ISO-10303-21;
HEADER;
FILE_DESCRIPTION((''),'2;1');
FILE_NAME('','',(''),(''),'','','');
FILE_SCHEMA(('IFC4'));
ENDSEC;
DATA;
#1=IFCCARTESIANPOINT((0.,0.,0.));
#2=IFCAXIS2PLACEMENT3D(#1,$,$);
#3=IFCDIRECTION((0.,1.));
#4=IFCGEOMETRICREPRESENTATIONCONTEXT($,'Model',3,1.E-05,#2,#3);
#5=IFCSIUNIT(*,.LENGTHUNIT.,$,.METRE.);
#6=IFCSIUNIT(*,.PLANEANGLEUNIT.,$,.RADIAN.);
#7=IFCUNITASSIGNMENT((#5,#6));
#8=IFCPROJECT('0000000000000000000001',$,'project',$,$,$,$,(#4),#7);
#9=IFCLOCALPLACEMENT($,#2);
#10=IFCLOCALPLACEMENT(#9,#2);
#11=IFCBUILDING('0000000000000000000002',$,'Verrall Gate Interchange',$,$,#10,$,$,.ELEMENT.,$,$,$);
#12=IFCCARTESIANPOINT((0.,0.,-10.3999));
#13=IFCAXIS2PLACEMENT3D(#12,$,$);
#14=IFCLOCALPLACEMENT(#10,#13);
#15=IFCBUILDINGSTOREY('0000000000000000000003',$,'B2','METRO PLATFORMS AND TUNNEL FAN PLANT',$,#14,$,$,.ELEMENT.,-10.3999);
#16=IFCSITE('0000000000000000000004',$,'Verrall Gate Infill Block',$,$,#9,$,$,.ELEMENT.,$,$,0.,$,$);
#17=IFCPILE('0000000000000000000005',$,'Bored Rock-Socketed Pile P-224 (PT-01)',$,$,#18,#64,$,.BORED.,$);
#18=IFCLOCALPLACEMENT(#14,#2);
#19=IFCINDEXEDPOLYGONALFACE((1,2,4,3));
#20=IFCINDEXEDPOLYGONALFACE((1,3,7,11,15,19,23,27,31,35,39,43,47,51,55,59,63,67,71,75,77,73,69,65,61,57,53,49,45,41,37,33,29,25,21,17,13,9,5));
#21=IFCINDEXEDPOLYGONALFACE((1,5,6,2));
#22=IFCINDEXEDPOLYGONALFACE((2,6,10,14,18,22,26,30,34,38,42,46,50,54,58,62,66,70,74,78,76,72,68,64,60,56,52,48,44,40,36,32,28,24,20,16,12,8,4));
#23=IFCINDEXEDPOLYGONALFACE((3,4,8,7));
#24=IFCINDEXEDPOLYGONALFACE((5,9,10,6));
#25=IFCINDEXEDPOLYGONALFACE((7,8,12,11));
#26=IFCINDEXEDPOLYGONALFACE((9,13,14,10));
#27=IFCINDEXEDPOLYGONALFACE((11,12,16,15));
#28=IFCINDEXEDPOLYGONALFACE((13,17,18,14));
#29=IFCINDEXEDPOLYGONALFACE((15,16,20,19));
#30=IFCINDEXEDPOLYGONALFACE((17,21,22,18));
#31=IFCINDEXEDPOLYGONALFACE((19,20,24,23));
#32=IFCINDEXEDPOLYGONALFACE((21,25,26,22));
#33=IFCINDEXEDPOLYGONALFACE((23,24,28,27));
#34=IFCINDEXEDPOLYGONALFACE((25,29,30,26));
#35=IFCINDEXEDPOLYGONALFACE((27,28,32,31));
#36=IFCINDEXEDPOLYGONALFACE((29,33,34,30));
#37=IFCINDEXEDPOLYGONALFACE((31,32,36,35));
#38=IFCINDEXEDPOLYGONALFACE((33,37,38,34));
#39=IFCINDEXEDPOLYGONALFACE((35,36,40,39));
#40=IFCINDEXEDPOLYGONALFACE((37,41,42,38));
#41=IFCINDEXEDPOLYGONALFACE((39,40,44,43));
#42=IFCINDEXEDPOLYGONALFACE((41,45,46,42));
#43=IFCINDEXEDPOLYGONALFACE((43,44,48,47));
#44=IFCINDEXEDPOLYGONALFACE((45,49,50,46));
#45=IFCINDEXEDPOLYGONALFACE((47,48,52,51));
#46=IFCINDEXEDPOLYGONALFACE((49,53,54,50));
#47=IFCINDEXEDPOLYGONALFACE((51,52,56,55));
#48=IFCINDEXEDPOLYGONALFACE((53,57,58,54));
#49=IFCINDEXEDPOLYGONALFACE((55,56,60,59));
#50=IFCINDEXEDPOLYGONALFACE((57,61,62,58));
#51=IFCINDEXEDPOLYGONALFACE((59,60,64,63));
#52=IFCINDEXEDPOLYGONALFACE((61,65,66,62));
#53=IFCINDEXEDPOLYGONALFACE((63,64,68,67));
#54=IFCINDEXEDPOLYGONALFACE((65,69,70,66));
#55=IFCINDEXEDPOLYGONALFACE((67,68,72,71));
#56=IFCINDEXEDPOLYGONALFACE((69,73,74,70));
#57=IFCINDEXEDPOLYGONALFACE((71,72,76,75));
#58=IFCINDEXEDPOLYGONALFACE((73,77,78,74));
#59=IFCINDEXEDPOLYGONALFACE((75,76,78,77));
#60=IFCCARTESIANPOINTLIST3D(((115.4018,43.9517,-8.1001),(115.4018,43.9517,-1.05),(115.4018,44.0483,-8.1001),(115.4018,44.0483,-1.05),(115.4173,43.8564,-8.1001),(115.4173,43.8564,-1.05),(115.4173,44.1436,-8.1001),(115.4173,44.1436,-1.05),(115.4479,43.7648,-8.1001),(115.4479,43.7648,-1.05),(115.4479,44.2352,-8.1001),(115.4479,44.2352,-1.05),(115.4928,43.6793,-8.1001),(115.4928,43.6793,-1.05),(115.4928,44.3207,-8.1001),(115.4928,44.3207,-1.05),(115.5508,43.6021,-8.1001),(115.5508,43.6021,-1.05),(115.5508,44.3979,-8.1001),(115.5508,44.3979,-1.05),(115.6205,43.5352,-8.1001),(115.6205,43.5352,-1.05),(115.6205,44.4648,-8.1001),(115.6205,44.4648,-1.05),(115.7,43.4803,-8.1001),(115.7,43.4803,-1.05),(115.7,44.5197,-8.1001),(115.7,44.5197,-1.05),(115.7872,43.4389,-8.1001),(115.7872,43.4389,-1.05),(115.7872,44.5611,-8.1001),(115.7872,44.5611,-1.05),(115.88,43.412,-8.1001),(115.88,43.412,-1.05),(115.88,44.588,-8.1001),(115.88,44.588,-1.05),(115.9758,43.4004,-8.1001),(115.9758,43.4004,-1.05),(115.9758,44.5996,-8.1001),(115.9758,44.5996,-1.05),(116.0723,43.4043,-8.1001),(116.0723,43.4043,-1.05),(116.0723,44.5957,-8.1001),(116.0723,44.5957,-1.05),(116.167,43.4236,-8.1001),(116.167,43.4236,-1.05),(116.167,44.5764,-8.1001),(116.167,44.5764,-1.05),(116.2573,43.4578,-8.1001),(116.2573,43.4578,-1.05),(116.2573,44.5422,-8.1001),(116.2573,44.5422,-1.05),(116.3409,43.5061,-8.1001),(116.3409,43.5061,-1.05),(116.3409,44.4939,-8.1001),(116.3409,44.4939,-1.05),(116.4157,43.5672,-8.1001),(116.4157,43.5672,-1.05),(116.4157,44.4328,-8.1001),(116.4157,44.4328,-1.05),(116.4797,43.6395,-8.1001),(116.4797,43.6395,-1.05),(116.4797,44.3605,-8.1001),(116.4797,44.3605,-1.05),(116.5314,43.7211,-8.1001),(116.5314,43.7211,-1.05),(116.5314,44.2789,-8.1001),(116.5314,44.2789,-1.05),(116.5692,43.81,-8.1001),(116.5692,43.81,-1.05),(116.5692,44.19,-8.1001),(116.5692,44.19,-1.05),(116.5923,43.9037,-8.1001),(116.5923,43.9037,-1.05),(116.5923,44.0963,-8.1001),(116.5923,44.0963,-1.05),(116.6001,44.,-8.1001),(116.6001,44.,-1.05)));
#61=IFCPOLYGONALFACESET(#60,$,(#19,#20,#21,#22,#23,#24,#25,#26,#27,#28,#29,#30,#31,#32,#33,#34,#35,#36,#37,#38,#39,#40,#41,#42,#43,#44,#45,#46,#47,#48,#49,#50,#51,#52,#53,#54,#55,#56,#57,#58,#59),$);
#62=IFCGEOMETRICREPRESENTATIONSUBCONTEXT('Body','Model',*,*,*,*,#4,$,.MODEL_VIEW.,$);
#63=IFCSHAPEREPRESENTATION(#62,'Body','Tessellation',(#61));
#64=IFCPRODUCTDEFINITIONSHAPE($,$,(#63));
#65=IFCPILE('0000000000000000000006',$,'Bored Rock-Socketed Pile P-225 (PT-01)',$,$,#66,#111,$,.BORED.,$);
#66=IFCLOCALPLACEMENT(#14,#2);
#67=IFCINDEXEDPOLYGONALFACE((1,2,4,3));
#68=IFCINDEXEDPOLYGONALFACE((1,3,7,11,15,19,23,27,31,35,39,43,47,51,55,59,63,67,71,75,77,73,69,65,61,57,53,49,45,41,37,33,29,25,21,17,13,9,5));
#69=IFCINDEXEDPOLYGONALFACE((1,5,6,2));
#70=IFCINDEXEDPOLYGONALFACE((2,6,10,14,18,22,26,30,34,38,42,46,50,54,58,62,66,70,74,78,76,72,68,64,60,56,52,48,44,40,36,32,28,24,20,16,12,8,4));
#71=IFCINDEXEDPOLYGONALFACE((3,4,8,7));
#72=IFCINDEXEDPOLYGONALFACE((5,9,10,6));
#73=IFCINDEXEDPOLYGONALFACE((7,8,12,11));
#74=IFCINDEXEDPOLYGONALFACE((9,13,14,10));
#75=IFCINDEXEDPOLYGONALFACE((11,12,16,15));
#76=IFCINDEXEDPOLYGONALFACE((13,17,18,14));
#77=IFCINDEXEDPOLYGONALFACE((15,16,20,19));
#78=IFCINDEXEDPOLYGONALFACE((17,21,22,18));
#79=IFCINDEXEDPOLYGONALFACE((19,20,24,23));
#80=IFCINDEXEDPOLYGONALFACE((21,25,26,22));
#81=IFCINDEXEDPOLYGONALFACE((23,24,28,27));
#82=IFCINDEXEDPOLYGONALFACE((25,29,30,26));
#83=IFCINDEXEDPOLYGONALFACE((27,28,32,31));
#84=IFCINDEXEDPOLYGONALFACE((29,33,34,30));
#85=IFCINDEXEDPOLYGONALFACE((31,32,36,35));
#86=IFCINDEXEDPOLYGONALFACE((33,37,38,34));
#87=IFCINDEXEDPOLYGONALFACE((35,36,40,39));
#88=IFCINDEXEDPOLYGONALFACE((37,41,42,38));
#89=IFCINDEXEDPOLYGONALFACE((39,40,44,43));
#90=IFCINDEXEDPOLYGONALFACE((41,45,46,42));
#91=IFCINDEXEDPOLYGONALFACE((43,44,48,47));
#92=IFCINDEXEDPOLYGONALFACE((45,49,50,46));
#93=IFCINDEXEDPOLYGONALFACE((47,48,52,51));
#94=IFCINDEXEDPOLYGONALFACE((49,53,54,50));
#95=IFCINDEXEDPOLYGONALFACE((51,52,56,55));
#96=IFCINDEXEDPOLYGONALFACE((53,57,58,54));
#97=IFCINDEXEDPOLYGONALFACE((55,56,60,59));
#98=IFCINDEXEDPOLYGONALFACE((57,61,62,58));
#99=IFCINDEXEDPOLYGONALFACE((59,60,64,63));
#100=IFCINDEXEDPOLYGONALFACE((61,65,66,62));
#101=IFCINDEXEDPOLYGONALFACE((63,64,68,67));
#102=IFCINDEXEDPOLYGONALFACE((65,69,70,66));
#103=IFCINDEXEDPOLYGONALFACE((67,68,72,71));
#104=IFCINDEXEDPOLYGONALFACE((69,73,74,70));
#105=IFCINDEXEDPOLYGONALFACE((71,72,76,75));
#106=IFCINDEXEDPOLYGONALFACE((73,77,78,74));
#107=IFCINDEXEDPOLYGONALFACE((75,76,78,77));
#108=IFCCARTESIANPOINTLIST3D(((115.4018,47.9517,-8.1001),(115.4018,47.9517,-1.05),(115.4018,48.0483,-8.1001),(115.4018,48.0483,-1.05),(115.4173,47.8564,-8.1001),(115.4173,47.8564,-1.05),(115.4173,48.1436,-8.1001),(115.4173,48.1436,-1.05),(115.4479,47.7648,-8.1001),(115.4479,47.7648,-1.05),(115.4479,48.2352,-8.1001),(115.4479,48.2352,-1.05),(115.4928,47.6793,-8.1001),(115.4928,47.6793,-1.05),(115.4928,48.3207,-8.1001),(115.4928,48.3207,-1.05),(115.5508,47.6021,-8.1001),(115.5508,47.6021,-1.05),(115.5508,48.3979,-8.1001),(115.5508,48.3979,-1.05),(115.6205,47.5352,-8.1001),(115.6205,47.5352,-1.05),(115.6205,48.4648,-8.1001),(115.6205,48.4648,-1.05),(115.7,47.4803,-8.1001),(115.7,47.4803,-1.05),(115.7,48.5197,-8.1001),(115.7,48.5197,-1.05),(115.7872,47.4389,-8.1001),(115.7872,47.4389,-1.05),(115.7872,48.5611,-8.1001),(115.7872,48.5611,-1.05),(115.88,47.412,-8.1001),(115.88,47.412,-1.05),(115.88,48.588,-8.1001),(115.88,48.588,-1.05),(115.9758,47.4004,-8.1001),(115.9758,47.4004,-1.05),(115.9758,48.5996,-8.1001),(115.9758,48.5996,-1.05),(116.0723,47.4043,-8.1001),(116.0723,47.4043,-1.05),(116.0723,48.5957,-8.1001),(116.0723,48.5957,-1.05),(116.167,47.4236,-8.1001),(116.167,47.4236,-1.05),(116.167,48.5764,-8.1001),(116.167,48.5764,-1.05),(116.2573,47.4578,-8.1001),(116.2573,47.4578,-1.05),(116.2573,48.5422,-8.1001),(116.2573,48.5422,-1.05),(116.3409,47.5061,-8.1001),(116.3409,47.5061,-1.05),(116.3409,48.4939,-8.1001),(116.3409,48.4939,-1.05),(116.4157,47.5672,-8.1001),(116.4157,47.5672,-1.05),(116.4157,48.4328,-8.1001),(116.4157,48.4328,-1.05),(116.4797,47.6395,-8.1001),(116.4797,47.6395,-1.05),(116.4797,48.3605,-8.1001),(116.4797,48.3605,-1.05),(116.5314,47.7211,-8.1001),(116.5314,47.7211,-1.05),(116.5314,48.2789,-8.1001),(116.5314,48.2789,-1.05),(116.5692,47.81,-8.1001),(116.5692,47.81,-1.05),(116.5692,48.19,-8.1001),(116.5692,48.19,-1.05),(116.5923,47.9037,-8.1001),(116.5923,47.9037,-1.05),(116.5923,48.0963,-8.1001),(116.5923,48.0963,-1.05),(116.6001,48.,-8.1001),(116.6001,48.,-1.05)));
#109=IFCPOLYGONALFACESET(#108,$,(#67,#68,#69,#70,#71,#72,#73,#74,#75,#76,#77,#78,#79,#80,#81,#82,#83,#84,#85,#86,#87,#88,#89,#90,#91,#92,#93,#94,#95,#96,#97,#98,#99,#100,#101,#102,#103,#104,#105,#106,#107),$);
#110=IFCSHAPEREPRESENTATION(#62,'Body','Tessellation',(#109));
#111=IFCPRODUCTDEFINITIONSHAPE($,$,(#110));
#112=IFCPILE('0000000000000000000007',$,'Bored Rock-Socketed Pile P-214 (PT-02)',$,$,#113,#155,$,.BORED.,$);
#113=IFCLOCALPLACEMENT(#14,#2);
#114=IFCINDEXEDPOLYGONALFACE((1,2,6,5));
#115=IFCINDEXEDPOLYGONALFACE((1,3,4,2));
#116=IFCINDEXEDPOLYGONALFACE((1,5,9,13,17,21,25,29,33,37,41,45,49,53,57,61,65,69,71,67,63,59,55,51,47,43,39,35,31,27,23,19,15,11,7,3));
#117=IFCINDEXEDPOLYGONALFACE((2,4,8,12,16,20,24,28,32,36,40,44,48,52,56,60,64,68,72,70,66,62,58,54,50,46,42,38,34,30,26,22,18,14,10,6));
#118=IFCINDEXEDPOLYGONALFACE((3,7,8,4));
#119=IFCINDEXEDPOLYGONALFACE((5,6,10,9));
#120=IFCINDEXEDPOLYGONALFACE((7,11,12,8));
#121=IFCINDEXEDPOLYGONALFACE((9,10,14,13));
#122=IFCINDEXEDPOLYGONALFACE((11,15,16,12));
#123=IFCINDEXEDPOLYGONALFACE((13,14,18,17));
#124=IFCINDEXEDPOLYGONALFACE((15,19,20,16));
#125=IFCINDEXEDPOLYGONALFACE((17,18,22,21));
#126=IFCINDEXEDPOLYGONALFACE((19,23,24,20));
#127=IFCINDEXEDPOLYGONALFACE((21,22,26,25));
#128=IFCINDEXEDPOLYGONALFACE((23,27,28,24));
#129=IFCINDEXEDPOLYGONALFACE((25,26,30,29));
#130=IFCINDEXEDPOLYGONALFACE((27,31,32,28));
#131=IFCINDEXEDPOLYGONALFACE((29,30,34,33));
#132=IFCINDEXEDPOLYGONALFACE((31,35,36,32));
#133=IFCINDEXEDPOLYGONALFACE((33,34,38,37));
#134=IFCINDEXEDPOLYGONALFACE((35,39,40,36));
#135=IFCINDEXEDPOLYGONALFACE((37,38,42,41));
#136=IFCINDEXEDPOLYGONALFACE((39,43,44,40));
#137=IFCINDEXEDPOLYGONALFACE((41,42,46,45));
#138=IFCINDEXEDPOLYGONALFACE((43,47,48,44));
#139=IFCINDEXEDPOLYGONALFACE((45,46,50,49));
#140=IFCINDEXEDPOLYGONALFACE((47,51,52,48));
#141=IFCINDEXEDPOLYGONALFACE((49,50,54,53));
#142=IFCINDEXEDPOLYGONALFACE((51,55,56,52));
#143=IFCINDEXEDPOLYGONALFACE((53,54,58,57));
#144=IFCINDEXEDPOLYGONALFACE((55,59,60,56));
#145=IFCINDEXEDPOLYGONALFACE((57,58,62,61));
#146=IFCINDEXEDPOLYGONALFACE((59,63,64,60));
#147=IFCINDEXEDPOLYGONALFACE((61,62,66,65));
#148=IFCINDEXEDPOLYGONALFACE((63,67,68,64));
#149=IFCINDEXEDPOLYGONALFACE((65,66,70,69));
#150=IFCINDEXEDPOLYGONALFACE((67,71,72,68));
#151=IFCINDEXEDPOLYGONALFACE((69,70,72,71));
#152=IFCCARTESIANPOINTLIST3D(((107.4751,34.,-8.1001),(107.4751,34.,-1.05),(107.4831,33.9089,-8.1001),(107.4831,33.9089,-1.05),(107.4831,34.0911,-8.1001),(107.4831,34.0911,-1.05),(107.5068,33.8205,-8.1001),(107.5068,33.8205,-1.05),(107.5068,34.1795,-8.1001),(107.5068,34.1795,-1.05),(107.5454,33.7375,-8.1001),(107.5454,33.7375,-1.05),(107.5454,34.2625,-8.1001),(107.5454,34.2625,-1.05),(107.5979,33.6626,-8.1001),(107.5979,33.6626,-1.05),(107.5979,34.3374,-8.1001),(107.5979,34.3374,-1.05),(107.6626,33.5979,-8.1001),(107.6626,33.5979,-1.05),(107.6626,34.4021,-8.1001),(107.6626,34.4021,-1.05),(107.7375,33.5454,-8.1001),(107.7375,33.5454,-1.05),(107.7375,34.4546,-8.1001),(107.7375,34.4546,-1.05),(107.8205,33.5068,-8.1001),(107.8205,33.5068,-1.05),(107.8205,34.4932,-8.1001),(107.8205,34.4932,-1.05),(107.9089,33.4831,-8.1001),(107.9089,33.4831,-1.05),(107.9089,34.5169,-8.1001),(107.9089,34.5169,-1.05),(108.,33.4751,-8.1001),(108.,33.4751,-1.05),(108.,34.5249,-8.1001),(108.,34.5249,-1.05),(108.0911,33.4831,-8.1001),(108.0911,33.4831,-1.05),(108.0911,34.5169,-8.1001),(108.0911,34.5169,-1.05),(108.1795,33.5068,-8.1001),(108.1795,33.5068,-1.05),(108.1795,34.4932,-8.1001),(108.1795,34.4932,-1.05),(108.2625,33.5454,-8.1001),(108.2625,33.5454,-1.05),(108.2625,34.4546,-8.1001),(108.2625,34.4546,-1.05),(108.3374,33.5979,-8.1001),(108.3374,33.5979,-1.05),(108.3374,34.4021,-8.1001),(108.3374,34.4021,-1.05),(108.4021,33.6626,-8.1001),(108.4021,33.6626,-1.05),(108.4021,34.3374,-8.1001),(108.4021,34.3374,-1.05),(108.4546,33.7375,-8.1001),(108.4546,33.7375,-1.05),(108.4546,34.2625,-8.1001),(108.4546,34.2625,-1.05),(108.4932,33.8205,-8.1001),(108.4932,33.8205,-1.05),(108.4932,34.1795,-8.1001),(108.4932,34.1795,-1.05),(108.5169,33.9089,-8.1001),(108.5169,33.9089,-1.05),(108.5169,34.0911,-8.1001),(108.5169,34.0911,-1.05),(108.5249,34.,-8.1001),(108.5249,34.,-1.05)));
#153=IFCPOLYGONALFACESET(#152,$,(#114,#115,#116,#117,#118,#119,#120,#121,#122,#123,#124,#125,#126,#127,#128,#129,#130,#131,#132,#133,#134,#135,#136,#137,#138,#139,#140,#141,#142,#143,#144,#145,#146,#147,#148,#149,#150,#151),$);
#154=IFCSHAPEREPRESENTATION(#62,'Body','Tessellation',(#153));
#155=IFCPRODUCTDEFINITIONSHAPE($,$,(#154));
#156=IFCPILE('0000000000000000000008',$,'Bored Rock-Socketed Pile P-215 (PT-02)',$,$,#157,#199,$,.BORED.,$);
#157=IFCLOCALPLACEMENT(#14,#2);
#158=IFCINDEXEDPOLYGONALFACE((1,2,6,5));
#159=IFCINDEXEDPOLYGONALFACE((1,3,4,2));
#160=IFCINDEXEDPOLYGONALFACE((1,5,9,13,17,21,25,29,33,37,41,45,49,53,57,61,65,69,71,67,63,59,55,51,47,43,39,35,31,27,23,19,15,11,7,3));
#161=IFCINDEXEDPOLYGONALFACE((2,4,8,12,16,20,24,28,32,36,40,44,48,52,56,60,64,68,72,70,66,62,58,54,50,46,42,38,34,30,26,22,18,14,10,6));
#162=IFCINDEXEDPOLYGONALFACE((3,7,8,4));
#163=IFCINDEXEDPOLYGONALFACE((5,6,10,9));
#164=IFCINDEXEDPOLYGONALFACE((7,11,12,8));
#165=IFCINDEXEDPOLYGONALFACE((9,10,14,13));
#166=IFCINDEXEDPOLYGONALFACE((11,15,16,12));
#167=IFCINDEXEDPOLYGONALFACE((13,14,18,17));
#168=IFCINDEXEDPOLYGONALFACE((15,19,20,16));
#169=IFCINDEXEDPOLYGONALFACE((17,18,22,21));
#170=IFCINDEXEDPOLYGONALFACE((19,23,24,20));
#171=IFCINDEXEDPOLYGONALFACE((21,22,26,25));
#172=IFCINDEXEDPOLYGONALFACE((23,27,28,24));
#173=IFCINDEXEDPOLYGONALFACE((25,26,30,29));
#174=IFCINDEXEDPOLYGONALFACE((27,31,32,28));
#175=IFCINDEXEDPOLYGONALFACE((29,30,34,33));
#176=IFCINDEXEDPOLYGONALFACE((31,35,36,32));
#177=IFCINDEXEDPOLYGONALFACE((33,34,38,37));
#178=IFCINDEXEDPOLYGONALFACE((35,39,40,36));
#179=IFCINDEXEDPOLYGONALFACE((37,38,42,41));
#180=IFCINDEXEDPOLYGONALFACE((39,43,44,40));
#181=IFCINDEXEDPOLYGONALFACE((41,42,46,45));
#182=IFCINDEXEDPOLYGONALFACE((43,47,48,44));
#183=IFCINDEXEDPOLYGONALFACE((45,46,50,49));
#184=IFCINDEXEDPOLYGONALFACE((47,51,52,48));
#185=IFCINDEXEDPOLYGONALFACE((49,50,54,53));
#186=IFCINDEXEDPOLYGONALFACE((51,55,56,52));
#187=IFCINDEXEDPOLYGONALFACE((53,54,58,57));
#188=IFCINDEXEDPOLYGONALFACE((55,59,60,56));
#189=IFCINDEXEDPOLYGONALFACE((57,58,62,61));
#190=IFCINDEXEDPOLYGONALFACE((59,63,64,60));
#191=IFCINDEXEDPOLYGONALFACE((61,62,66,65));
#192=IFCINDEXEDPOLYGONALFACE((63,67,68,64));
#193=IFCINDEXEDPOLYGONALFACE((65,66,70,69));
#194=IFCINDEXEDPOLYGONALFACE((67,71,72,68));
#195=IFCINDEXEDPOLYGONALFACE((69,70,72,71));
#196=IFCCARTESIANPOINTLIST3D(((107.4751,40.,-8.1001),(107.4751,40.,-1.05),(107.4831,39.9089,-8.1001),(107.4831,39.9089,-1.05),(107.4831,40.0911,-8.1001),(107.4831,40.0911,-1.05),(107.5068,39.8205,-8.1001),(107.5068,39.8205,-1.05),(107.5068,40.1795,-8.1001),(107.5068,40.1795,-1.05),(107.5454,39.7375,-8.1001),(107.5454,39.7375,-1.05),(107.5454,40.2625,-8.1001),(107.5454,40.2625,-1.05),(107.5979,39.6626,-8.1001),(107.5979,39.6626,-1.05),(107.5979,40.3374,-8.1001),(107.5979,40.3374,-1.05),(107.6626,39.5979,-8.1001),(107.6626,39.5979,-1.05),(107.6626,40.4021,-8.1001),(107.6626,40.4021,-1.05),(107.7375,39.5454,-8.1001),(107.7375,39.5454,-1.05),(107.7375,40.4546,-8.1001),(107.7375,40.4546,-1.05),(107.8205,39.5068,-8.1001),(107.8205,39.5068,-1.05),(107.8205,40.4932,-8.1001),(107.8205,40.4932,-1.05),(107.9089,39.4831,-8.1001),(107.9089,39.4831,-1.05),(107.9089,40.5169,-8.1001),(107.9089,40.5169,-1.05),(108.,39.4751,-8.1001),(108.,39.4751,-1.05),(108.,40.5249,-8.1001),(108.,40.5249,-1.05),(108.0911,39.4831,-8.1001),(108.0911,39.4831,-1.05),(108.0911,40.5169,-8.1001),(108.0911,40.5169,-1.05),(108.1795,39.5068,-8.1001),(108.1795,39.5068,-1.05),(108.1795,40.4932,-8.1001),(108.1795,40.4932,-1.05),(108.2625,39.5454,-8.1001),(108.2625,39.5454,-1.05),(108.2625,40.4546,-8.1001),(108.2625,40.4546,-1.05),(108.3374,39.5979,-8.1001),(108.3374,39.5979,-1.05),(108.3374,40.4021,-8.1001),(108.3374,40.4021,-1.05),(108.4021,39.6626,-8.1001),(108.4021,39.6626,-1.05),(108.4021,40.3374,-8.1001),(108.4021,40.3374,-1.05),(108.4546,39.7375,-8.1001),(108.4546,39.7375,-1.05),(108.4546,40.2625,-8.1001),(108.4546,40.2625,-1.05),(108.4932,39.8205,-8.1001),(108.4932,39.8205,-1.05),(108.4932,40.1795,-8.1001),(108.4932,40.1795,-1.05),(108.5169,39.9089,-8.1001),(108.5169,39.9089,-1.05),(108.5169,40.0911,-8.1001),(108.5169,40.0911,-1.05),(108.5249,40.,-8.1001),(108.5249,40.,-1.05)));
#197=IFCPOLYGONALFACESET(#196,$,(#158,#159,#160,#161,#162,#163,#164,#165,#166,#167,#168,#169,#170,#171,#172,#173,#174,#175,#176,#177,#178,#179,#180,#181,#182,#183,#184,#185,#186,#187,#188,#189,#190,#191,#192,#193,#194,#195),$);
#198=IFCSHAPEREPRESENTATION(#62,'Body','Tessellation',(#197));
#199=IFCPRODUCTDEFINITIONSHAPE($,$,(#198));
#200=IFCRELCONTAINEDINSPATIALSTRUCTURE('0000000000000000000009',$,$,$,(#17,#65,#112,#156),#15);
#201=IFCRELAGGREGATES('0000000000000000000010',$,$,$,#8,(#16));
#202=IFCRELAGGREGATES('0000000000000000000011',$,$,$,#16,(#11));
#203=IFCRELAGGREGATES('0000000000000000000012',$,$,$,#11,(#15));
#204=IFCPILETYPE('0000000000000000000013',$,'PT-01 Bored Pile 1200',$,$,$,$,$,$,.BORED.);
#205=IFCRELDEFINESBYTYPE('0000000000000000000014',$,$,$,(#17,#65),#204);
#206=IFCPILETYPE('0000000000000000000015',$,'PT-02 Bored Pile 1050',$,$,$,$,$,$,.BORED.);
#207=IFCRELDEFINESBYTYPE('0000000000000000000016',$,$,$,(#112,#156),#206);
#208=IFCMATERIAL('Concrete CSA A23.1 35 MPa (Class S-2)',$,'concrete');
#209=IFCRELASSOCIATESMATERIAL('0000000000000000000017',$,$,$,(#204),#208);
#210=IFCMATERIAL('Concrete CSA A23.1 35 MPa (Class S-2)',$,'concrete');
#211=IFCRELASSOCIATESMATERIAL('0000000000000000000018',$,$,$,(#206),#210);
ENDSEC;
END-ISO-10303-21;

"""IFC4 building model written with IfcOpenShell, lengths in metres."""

from ifc_helpers import new_model, si_unit, direction, frame, origin, origin_2d, place, context, subcontext, project, spatial, circle, extrude, material, material_profile, profile_set, type_object, element, save


model = new_model("IFC4")

# Units and contexts
model_context = context("Model", 3, precision=1e-05, world=origin(), true_north=direction((0.0, 1.0)))
body_context = subcontext(model_context, "Body", "Model", "MODEL_VIEW")
ifc_project = project(units=[si_unit("LENGTHUNIT", "METRE"), si_unit("PLANEANGLEUNIT", "RADIAN")], contexts=[model_context])

# Site, building, storey
site_placement = place(None, origin())
site = spatial("IfcSite", under=ifc_project, at=site_placement, Name="Verrall Gate Infill Block", CompositionType="ELEMENT", RefElevation=0.0)
building_placement = place(site_placement, origin())
building = spatial("IfcBuilding", under=site, at=building_placement, Name="Verrall Gate Interchange", CompositionType="ELEMENT")
storey_placement = place(building_placement, frame((0.0, 0.0, -10.3999)))
storey = spatial("IfcBuildingStorey", under=building, at=storey_placement, Name="B2", Description="METRO PLATFORMS AND TUNNEL FAN PLANT", CompositionType="ELEMENT", Elevation=-10.3999)

# Piles
ifc_material_1 = material(Name="Concrete CSA A23.1 35 MPa (Class S-2)", Category="concrete")
ifc_material_profile_1 = material_profile(ifc_material_1, circle(Radius=0.6001, at=origin_2d()), Name="PILE1200D")
ifc_profile_set_1 = profile_set([ifc_material_profile_1], Name="Concrete CSA A23.1 35 MPa (Class S-2)")
pile_type_1 = type_object("IfcPileType", Name="PT-01 Bored Pile 1200", PredefinedType="BORED", material=ifc_profile_set_1)
for number, where, z_axis, x_axis, name in (
    (1, (116.0, 44.0, -1.05), (0.0, 0.0, -1.0), (1.0, 0.0, 0.0), "Bored Rock-Socketed Pile P-224 (PT-01)"),
    (2, (116.0, 48.0, -1.05), (0.0, 0.0, -1.0), (1.0, 0.0, 0.0), "Bored Rock-Socketed Pile P-225 (PT-01)"),
):
    element("IfcPile", number, at=place(storey_placement, frame(where, z_axis=z_axis, x_axis=x_axis)), inside=storey, type_object=pile_type_1, Name=name, PredefinedType="BORED", context=body_context, shape_type="SweptSolid", body=[
        extrude(circle(Radius=0.6001, at=origin_2d()), origin(), (0.0, 0.0, 1.0), 7.05),
    ])
ifc_material_2 = material(Name="Concrete CSA A23.1 35 MPa (Class S-2)", Category="concrete")
ifc_material_profile_2 = material_profile(ifc_material_2, circle(Radius=0.5249, at=origin_2d()), Name="PILE1050D")
ifc_profile_set_2 = profile_set([ifc_material_profile_2], Name="Concrete CSA A23.1 35 MPa (Class S-2)")
pile_type_2 = type_object("IfcPileType", Name="PT-02 Bored Pile 1050", PredefinedType="BORED", material=ifc_profile_set_2)
for number, where, z_axis, x_axis, name in (
    (3, (108.0, 34.0, -1.05), (0.0, 0.0, -1.0), (1.0, 0.0, 0.0), "Bored Rock-Socketed Pile P-214 (PT-02)"),
    (4, (108.0, 40.0, -1.05), (0.0, 0.0, -1.0), (1.0, 0.0, 0.0), "Bored Rock-Socketed Pile P-215 (PT-02)"),
):
    element("IfcPile", number, at=place(storey_placement, frame(where, z_axis=z_axis, x_axis=x_axis)), inside=storey, type_object=pile_type_2, Name=name, PredefinedType="BORED", context=body_context, shape_type="SweptSolid", body=[
        extrude(circle(Radius=0.5249, at=origin_2d()), origin(), (0.0, 0.0, 1.0), 7.05),
    ])

save(model, "model.ifc")
